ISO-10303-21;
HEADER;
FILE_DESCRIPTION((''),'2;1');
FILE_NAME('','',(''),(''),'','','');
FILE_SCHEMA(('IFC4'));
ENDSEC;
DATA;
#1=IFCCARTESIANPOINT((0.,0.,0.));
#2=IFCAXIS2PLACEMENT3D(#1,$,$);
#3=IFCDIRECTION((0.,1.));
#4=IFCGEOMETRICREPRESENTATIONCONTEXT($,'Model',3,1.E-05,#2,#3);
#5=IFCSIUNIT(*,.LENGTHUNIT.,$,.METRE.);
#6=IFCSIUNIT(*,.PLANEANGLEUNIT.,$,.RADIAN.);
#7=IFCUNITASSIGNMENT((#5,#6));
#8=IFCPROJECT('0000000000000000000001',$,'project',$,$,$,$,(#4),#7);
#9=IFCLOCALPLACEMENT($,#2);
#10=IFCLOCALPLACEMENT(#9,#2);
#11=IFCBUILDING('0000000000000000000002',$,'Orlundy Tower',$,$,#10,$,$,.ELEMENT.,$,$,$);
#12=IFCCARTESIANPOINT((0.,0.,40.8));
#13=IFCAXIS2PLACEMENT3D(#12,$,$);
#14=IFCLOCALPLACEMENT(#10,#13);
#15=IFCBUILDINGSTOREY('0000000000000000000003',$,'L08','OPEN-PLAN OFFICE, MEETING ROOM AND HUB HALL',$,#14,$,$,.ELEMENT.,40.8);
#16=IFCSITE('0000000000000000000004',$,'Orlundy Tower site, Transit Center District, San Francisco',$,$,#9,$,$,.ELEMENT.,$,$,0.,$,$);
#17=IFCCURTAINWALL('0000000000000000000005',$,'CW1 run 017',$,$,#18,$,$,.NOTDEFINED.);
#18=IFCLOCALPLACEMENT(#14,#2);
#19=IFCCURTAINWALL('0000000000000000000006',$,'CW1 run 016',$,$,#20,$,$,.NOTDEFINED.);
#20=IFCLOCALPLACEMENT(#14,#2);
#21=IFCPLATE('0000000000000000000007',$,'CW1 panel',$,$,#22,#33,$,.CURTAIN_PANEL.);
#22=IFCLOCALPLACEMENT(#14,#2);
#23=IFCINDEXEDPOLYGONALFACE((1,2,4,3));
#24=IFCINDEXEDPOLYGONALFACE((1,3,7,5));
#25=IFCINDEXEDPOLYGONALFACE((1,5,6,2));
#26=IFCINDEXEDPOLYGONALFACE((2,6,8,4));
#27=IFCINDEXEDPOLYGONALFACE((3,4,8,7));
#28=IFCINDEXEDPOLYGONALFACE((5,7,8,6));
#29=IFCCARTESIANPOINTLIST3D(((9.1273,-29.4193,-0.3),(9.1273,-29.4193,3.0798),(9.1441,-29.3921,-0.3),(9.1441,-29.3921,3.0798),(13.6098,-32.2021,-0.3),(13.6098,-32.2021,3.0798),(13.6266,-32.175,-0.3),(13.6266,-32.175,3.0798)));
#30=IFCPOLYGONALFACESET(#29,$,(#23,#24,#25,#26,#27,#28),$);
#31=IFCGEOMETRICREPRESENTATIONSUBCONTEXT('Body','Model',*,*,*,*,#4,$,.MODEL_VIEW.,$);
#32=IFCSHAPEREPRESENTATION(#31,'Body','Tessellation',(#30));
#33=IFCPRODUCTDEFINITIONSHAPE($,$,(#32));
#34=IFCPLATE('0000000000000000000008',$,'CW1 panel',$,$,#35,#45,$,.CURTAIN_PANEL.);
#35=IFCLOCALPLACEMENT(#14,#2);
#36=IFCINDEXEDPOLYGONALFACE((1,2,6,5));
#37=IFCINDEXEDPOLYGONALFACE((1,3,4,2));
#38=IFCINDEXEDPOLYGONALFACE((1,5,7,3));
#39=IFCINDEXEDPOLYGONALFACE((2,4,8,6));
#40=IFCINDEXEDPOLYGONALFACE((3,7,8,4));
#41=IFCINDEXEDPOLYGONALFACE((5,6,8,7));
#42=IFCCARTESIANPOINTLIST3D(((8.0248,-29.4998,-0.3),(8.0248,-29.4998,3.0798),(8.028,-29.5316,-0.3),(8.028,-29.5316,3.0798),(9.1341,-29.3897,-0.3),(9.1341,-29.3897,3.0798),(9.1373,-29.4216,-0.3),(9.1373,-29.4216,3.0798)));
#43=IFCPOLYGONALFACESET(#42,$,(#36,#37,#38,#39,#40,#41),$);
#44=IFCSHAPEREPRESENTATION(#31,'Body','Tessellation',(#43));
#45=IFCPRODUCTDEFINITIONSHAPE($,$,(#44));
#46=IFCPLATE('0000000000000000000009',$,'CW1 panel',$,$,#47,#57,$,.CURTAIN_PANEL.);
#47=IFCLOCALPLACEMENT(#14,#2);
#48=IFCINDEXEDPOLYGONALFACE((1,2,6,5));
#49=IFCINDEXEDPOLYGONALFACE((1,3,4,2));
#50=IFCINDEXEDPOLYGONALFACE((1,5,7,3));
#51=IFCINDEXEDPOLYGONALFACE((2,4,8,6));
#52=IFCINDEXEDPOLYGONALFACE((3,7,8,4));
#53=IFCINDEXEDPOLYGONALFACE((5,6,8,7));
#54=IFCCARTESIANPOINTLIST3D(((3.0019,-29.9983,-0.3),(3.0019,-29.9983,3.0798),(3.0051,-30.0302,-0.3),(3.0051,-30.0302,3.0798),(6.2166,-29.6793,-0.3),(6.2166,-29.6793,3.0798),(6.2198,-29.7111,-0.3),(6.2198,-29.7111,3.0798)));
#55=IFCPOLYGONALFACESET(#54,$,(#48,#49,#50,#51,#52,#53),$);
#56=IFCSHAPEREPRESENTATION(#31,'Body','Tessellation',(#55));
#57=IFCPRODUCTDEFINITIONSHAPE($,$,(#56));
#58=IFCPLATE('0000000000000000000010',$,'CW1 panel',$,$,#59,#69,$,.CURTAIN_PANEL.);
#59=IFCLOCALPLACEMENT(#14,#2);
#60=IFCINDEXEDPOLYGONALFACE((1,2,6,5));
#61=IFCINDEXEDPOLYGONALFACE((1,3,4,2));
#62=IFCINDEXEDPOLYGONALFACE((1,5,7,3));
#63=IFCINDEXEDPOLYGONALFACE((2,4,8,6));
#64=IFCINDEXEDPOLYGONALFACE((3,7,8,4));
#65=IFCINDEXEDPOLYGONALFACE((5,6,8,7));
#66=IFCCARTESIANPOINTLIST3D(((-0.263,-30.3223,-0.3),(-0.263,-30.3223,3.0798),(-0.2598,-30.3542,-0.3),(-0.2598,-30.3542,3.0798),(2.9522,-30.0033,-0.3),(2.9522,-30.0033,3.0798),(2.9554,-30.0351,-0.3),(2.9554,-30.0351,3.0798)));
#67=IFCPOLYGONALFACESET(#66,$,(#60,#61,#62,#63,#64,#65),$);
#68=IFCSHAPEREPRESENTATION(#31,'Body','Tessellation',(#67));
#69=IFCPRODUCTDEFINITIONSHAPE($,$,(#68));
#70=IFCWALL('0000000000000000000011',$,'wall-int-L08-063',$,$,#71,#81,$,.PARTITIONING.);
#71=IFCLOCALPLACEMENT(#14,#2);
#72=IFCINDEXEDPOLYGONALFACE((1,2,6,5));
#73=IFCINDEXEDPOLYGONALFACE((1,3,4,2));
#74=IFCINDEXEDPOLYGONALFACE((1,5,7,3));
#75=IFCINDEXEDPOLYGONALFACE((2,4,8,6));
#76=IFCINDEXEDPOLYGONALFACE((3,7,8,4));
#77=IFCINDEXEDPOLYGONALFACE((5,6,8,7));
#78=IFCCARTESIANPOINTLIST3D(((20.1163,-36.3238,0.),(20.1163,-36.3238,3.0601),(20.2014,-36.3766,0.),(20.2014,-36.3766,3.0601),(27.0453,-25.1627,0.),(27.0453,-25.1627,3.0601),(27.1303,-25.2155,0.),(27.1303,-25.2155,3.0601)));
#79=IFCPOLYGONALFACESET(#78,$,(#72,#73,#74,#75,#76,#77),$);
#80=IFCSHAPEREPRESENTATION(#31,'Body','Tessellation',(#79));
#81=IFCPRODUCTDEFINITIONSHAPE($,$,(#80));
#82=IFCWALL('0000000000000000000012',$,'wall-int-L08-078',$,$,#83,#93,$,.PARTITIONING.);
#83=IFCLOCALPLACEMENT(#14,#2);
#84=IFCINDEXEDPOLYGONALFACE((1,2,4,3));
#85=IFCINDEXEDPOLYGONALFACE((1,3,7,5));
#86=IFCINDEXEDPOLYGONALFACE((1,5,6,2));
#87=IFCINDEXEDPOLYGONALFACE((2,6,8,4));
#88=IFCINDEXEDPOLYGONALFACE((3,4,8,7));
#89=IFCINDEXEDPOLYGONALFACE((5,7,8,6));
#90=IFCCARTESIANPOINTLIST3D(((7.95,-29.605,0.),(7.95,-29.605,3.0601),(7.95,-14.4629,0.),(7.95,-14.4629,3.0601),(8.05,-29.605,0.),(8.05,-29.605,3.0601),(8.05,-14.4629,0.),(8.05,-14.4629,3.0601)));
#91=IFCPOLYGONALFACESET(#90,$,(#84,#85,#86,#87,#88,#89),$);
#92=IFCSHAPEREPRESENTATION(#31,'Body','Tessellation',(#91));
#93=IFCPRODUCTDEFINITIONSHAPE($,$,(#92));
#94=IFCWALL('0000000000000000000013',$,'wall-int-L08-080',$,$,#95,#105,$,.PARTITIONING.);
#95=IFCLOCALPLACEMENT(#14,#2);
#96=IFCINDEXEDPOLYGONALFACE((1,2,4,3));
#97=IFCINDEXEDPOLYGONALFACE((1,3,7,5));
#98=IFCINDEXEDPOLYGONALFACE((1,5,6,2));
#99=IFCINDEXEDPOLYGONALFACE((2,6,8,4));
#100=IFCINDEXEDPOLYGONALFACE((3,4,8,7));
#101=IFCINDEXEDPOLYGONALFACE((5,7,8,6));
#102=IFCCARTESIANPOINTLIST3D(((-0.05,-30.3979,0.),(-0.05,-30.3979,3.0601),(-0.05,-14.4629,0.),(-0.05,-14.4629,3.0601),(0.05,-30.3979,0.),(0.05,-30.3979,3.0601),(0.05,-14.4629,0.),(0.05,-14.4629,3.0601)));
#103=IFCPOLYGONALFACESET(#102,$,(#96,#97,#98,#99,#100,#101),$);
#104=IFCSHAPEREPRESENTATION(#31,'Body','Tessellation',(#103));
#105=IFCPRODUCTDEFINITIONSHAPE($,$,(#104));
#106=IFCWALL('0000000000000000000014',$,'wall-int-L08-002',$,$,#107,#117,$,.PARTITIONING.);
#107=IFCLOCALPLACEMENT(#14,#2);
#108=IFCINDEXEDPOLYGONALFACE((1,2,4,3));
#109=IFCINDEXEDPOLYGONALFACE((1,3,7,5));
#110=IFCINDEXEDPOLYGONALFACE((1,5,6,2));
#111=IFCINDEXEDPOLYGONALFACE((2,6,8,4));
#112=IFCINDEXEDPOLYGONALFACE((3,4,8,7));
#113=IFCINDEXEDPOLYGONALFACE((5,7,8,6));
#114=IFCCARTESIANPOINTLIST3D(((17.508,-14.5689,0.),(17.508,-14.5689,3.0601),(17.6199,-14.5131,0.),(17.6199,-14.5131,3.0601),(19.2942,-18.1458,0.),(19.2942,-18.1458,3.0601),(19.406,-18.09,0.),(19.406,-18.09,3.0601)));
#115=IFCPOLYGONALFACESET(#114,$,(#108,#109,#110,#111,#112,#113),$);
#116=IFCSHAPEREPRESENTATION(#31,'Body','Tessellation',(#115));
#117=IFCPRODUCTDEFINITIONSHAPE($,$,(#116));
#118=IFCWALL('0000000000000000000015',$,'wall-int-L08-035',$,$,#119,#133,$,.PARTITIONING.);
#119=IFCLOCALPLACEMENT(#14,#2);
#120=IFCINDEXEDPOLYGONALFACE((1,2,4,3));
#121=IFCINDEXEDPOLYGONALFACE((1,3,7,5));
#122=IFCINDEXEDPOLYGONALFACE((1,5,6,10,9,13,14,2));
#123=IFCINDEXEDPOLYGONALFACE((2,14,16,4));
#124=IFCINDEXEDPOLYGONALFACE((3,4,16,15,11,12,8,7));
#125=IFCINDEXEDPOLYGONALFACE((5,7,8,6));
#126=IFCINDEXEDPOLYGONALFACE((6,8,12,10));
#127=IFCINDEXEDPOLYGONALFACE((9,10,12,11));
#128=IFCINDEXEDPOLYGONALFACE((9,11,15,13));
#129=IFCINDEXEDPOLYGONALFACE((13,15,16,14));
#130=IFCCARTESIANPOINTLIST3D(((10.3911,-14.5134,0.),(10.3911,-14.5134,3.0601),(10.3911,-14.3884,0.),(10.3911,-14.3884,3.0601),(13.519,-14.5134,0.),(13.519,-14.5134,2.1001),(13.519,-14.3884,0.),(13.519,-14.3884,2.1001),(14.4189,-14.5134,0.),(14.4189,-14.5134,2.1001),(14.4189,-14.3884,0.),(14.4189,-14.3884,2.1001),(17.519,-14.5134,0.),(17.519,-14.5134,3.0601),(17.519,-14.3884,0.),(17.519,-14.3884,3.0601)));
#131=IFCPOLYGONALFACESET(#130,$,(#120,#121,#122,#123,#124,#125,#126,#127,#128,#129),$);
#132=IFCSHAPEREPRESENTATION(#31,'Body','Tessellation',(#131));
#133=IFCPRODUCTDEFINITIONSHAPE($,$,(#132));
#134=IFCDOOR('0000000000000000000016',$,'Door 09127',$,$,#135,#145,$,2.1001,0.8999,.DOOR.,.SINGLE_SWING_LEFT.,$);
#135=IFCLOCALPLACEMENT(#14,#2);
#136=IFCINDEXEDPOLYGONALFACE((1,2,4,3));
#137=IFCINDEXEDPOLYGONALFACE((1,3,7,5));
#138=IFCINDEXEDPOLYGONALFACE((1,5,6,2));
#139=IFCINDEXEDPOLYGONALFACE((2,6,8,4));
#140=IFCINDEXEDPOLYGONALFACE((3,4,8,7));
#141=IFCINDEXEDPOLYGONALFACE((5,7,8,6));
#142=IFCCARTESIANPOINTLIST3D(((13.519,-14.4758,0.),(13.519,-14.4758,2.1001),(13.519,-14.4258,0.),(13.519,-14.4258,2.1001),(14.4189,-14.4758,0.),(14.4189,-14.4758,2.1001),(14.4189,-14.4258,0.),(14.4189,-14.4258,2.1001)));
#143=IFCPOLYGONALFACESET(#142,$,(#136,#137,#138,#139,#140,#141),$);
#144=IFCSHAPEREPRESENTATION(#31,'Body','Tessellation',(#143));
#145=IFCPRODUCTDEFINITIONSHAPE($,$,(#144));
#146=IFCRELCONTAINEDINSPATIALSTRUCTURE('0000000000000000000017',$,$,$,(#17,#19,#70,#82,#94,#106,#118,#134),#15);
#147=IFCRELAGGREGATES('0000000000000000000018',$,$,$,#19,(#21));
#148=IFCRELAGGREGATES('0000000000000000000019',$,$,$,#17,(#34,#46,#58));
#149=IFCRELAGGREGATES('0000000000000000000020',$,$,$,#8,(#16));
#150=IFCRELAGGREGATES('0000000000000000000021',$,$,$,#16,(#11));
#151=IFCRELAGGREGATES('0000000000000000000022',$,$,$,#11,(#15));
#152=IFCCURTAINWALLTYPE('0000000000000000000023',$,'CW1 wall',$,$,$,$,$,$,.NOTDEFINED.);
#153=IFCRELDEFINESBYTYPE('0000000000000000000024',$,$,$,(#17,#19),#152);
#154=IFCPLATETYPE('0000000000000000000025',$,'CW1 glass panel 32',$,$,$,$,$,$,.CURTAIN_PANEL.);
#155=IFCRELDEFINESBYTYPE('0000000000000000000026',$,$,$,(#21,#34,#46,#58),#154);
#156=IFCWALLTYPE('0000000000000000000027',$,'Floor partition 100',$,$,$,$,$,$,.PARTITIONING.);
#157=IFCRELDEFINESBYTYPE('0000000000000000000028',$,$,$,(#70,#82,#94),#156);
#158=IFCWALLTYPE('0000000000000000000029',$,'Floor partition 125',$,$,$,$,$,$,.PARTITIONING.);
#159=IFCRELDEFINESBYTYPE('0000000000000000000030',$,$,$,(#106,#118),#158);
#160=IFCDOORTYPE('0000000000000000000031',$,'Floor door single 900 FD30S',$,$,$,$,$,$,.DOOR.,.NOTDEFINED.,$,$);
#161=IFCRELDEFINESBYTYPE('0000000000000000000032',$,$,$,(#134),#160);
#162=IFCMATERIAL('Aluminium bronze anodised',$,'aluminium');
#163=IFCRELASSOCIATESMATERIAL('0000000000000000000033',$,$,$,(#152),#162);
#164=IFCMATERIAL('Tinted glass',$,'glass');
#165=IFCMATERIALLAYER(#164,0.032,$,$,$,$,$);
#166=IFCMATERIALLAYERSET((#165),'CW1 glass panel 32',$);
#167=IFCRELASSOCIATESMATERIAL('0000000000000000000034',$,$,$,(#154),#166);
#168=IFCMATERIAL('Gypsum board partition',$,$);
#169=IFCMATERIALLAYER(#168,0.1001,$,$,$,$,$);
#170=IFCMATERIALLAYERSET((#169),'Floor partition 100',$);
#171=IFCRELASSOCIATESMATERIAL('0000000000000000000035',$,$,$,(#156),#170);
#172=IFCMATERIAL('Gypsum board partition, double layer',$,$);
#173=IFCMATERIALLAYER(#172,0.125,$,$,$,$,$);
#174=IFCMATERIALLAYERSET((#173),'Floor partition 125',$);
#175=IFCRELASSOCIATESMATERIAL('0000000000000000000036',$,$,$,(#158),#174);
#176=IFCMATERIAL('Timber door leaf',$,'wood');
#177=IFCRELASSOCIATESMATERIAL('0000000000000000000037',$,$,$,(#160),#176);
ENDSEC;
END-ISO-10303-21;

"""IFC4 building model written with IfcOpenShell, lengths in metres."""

from ifc_helpers import new_model, si_unit, direction, frame, frame_2d, origin, origin_2d, place, context, subcontext, project, spatial, rectangle, extrude, material, layer, layer_set, type_object, element, fill, aggregate, save


model = new_model("IFC4")

# Units and contexts
model_context = context("Model", 3, precision=1e-05, world=origin(), true_north=direction((0.0, 1.0)))
body_context = subcontext(model_context, "Body", "Model", "MODEL_VIEW")
ifc_project = project(units=[si_unit("LENGTHUNIT", "METRE"), si_unit("PLANEANGLEUNIT", "RADIAN")], contexts=[model_context])

# Site, building, storey
site_placement = place(None, origin())
site = spatial("IfcSite", under=ifc_project, at=site_placement, Name="Orlundy Tower site, Transit Center District, San Francisco", CompositionType="ELEMENT", RefElevation=0.0)
building_placement = place(site_placement, origin())
building = spatial("IfcBuilding", under=site, at=building_placement, Name="Orlundy Tower", CompositionType="ELEMENT")
storey_placement = place(building_placement, frame((0.0, 0.0, 40.8)))
storey = spatial("IfcBuildingStorey", under=building, at=storey_placement, Name="L08", Description="OPEN-PLAN OFFICE, MEETING ROOM AND HUB HALL", CompositionType="ELEMENT", Elevation=40.8)

# Curtain wall
ifc_material_1 = material(Name="Aluminium bronze anodised", Category="aluminium")
curtain_wall_type = type_object("IfcCurtainWallType", Name="CW1 wall", PredefinedType="NOTDEFINED", material=ifc_material_1)
curtain_wall_1_placement = place(storey_placement, origin())
curtain_wall_1 = element("IfcCurtainWall", 1, at=curtain_wall_1_placement, inside=storey, type_object=curtain_wall_type, Name="CW1 run 017", PredefinedType="NOTDEFINED")

# Curtain wall
curtain_wall_2_placement = place(storey_placement, origin())
curtain_wall_2 = element("IfcCurtainWall", 2, at=curtain_wall_2_placement, inside=storey, type_object=curtain_wall_type, Name="CW1 run 016", PredefinedType="NOTDEFINED")

# Plates
ifc_material_2 = material(Name="Tinted glass", Category="glass")
ifc_layer_1 = layer(ifc_material_2, 0.032)
ifc_layer_set_1 = layer_set([ifc_layer_1], Name="CW1 glass panel 32")
plate_type = type_object("IfcPlateType", Name="CW1 glass panel 32", PredefinedType="CURTAIN_PANEL", material=ifc_layer_set_1)
plate_1_placement = place(storey_placement, frame((11.377, -30.7971, -0.3), z_axis=(0.0, 0.0, 1.0), x_axis=(-0.849587, 0.527449, 0.0)))
plate_1 = element("IfcPlate", 3, at=plate_1_placement, type_object=plate_type, Name="CW1 panel", PredefinedType="CURTAIN_PANEL", context=body_context, shape_type="SweptSolid", body=[
    extrude(rectangle(XDim=5.2761, YDim=0.032, at=origin_2d()), origin(), (0.0, 0.0, 1.0), 3.3799),
])
aggregate(curtain_wall_2, [plate_1])
plate_2_placement = place(storey_placement, frame((8.5811, -29.4607, -0.3), z_axis=(0.0, 0.0, 1.0), x_axis=(-0.995112, -0.09875, 0.0)))
plate_2 = element("IfcPlate", 4, at=plate_2_placement, type_object=plate_type, Name="CW1 panel", PredefinedType="CURTAIN_PANEL", context=body_context, shape_type="SweptSolid", body=[
    extrude(rectangle(XDim=1.1147, YDim=0.032, at=origin_2d()), origin(), (0.0, 0.0, 1.0), 3.3799),
])
plate_3_placement = place(storey_placement, frame((4.6108, -29.8547, -0.3), z_axis=(0.0, 0.0, 1.0), x_axis=(-0.995112, -0.09875, 0.0)))
plate_3 = element("IfcPlate", 5, at=plate_3_placement, type_object=plate_type, Name="CW1 panel", PredefinedType="CURTAIN_PANEL", context=body_context, shape_type="SweptSolid", body=[
    extrude(rectangle(XDim=3.2305, YDim=0.032, at=origin_2d()), origin(), (0.0, 0.0, 1.0), 3.3799),
])
plate_4_placement = place(storey_placement, frame((1.3462, -30.1787, -0.3), z_axis=(0.0, 0.0, 1.0), x_axis=(-0.995112, -0.09875, 0.0)))
plate_4 = element("IfcPlate", 6, at=plate_4_placement, type_object=plate_type, Name="CW1 panel", PredefinedType="CURTAIN_PANEL", context=body_context, shape_type="SweptSolid", body=[
    extrude(rectangle(XDim=3.231, YDim=0.032, at=origin_2d()), origin(), (0.0, 0.0, 1.0), 3.3799),
])
aggregate(curtain_wall_1, [plate_2, plate_3, plate_4])

# Walls
ifc_material_3 = material(Name="Gypsum board partition")
ifc_layer_2 = layer(ifc_material_3, 0.1001)
ifc_layer_set_2 = layer_set([ifc_layer_2], Name="Floor partition 100")
wall_type_1 = type_object("IfcWallType", Name="Floor partition 100", PredefinedType="PARTITIONING", material=ifc_layer_set_2)
wall_1_placement = place(storey_placement, frame((20.1589, -36.3501, 0.0), z_axis=(0.0, 0.0, 1.0), x_axis=(0.527437, 0.849594, 0.0)))
element("IfcWall", 7, at=wall_1_placement, inside=storey, type_object=wall_type_1, Name="wall-int-L08-063", PredefinedType="PARTITIONING", context=body_context, shape_type="SweptSolid", body=[
    extrude(rectangle(XDim=13.137, YDim=0.1001, at=frame_2d((6.5684, 0.0))), origin(), (0.0, 0.0, 1.0), 3.0601),
])
wall_2_placement = place(storey_placement, frame((8.0, -29.605, 0.0), z_axis=(0.0, 0.0, 1.0), x_axis=(0.0, 1.0, 0.0)))
element("IfcWall", 8, at=wall_2_placement, inside=storey, type_object=wall_type_1, Name="wall-int-L08-078", PredefinedType="PARTITIONING", context=body_context, shape_type="SweptSolid", body=[
    extrude(rectangle(XDim=15.1421, YDim=0.1001, at=frame_2d((7.571, 0.0))), origin(), (0.0, 0.0, 1.0), 3.0601),
])
wall_3_placement = place(storey_placement, frame((0.0, -30.3979, 0.0), z_axis=(0.0, 0.0, 1.0), x_axis=(0.0, 1.0, 0.0)))
element("IfcWall", 9, at=wall_3_placement, inside=storey, type_object=wall_type_1, Name="wall-int-L08-080", PredefinedType="PARTITIONING", context=body_context, shape_type="SweptSolid", body=[
    extrude(rectangle(XDim=15.9351, YDim=0.1001, at=frame_2d((7.9675, 0.0))), origin(), (0.0, 0.0, 1.0), 3.0601),
])
ifc_material_4 = material(Name="Gypsum board partition, double layer")
ifc_layer_3 = layer(ifc_material_4, 0.125)
ifc_layer_set_3 = layer_set([ifc_layer_3], Name="Floor partition 125")
wall_type_2 = type_object("IfcWallType", Name="Floor partition 125", PredefinedType="PARTITIONING", material=ifc_layer_set_3)
wall_4_placement = place(storey_placement, frame((17.564, -14.541, 0.0), z_axis=(0.0, 0.0, 1.0), x_axis=(0.446749, -0.894659, 0.0)))
element("IfcWall", 10, at=wall_4_placement, inside=storey, type_object=wall_type_2, Name="wall-int-L08-002", PredefinedType="PARTITIONING", context=body_context, shape_type="SweptSolid", body=[
    extrude(rectangle(XDim=3.998, YDim=0.125, at=frame_2d((1.999, 0.0))), origin(), (0.0, 0.0, 1.0), 3.0601),
])

# Wall, opening, door
wall_5_placement = place(storey_placement, frame((17.519, -14.4509, 0.0), z_axis=(0.0, 0.0, 1.0), x_axis=(-1.0, 0.0, 0.0)))
wall_5 = element("IfcWall", 11, at=wall_5_placement, inside=storey, type_object=wall_type_2, Name="wall-int-L08-035", PredefinedType="PARTITIONING", context=body_context, shape_type="SweptSolid", body=[
    extrude(rectangle(XDim=7.1279, YDim=0.125, at=frame_2d((3.564, 0.0))), origin(), (0.0, 0.0, 1.0), 3.0601),
])
opening_1_placement = place(wall_5_placement, frame((3.1001, 0.0, 0.0)))
opening_1 = element("IfcOpeningElement", 12, at=opening_1_placement, cuts=wall_5, PredefinedType="OPENING", context=body_context, shape_type="SweptSolid", body=[
    extrude(rectangle(XDim=0.8999, YDim=2.1001, at=frame_2d((0.45, 1.05))), frame((0.0, 0.0725, 0.0), z_axis=(0.0, -1.0, 0.0), x_axis=(1.0, 0.0, 0.0)), (0.0, 0.0, 1.0), 0.145),
])
ifc_material_5 = material(Name="Timber door leaf", Category="wood")
door_type_1 = type_object("IfcDoorType", Name="Floor door single 900 FD30S", OperationType="NOTDEFINED", PredefinedType="DOOR", material=ifc_material_5)
door_1_placement = place(opening_1_placement, origin())
door_1 = element("IfcDoor", 13, at=door_1_placement, inside=storey, type_object=door_type_1, Name="Door 09127", OperationType="SINGLE_SWING_LEFT", OverallHeight=2.1001, OverallWidth=0.8999, PredefinedType="DOOR", context=body_context, shape_type="SweptSolid", body=[
    extrude(rectangle(XDim=0.8999, YDim=2.1001, at=frame_2d((0.45, 1.05))), frame((0.0, 0.0249, 0.0), z_axis=(0.0, -1.0, 0.0), x_axis=(1.0, 0.0, 0.0)), (0.0, 0.0, 1.0), 0.05),
])
fill(opening_1, door_1)

save(model, "model.ifc")
